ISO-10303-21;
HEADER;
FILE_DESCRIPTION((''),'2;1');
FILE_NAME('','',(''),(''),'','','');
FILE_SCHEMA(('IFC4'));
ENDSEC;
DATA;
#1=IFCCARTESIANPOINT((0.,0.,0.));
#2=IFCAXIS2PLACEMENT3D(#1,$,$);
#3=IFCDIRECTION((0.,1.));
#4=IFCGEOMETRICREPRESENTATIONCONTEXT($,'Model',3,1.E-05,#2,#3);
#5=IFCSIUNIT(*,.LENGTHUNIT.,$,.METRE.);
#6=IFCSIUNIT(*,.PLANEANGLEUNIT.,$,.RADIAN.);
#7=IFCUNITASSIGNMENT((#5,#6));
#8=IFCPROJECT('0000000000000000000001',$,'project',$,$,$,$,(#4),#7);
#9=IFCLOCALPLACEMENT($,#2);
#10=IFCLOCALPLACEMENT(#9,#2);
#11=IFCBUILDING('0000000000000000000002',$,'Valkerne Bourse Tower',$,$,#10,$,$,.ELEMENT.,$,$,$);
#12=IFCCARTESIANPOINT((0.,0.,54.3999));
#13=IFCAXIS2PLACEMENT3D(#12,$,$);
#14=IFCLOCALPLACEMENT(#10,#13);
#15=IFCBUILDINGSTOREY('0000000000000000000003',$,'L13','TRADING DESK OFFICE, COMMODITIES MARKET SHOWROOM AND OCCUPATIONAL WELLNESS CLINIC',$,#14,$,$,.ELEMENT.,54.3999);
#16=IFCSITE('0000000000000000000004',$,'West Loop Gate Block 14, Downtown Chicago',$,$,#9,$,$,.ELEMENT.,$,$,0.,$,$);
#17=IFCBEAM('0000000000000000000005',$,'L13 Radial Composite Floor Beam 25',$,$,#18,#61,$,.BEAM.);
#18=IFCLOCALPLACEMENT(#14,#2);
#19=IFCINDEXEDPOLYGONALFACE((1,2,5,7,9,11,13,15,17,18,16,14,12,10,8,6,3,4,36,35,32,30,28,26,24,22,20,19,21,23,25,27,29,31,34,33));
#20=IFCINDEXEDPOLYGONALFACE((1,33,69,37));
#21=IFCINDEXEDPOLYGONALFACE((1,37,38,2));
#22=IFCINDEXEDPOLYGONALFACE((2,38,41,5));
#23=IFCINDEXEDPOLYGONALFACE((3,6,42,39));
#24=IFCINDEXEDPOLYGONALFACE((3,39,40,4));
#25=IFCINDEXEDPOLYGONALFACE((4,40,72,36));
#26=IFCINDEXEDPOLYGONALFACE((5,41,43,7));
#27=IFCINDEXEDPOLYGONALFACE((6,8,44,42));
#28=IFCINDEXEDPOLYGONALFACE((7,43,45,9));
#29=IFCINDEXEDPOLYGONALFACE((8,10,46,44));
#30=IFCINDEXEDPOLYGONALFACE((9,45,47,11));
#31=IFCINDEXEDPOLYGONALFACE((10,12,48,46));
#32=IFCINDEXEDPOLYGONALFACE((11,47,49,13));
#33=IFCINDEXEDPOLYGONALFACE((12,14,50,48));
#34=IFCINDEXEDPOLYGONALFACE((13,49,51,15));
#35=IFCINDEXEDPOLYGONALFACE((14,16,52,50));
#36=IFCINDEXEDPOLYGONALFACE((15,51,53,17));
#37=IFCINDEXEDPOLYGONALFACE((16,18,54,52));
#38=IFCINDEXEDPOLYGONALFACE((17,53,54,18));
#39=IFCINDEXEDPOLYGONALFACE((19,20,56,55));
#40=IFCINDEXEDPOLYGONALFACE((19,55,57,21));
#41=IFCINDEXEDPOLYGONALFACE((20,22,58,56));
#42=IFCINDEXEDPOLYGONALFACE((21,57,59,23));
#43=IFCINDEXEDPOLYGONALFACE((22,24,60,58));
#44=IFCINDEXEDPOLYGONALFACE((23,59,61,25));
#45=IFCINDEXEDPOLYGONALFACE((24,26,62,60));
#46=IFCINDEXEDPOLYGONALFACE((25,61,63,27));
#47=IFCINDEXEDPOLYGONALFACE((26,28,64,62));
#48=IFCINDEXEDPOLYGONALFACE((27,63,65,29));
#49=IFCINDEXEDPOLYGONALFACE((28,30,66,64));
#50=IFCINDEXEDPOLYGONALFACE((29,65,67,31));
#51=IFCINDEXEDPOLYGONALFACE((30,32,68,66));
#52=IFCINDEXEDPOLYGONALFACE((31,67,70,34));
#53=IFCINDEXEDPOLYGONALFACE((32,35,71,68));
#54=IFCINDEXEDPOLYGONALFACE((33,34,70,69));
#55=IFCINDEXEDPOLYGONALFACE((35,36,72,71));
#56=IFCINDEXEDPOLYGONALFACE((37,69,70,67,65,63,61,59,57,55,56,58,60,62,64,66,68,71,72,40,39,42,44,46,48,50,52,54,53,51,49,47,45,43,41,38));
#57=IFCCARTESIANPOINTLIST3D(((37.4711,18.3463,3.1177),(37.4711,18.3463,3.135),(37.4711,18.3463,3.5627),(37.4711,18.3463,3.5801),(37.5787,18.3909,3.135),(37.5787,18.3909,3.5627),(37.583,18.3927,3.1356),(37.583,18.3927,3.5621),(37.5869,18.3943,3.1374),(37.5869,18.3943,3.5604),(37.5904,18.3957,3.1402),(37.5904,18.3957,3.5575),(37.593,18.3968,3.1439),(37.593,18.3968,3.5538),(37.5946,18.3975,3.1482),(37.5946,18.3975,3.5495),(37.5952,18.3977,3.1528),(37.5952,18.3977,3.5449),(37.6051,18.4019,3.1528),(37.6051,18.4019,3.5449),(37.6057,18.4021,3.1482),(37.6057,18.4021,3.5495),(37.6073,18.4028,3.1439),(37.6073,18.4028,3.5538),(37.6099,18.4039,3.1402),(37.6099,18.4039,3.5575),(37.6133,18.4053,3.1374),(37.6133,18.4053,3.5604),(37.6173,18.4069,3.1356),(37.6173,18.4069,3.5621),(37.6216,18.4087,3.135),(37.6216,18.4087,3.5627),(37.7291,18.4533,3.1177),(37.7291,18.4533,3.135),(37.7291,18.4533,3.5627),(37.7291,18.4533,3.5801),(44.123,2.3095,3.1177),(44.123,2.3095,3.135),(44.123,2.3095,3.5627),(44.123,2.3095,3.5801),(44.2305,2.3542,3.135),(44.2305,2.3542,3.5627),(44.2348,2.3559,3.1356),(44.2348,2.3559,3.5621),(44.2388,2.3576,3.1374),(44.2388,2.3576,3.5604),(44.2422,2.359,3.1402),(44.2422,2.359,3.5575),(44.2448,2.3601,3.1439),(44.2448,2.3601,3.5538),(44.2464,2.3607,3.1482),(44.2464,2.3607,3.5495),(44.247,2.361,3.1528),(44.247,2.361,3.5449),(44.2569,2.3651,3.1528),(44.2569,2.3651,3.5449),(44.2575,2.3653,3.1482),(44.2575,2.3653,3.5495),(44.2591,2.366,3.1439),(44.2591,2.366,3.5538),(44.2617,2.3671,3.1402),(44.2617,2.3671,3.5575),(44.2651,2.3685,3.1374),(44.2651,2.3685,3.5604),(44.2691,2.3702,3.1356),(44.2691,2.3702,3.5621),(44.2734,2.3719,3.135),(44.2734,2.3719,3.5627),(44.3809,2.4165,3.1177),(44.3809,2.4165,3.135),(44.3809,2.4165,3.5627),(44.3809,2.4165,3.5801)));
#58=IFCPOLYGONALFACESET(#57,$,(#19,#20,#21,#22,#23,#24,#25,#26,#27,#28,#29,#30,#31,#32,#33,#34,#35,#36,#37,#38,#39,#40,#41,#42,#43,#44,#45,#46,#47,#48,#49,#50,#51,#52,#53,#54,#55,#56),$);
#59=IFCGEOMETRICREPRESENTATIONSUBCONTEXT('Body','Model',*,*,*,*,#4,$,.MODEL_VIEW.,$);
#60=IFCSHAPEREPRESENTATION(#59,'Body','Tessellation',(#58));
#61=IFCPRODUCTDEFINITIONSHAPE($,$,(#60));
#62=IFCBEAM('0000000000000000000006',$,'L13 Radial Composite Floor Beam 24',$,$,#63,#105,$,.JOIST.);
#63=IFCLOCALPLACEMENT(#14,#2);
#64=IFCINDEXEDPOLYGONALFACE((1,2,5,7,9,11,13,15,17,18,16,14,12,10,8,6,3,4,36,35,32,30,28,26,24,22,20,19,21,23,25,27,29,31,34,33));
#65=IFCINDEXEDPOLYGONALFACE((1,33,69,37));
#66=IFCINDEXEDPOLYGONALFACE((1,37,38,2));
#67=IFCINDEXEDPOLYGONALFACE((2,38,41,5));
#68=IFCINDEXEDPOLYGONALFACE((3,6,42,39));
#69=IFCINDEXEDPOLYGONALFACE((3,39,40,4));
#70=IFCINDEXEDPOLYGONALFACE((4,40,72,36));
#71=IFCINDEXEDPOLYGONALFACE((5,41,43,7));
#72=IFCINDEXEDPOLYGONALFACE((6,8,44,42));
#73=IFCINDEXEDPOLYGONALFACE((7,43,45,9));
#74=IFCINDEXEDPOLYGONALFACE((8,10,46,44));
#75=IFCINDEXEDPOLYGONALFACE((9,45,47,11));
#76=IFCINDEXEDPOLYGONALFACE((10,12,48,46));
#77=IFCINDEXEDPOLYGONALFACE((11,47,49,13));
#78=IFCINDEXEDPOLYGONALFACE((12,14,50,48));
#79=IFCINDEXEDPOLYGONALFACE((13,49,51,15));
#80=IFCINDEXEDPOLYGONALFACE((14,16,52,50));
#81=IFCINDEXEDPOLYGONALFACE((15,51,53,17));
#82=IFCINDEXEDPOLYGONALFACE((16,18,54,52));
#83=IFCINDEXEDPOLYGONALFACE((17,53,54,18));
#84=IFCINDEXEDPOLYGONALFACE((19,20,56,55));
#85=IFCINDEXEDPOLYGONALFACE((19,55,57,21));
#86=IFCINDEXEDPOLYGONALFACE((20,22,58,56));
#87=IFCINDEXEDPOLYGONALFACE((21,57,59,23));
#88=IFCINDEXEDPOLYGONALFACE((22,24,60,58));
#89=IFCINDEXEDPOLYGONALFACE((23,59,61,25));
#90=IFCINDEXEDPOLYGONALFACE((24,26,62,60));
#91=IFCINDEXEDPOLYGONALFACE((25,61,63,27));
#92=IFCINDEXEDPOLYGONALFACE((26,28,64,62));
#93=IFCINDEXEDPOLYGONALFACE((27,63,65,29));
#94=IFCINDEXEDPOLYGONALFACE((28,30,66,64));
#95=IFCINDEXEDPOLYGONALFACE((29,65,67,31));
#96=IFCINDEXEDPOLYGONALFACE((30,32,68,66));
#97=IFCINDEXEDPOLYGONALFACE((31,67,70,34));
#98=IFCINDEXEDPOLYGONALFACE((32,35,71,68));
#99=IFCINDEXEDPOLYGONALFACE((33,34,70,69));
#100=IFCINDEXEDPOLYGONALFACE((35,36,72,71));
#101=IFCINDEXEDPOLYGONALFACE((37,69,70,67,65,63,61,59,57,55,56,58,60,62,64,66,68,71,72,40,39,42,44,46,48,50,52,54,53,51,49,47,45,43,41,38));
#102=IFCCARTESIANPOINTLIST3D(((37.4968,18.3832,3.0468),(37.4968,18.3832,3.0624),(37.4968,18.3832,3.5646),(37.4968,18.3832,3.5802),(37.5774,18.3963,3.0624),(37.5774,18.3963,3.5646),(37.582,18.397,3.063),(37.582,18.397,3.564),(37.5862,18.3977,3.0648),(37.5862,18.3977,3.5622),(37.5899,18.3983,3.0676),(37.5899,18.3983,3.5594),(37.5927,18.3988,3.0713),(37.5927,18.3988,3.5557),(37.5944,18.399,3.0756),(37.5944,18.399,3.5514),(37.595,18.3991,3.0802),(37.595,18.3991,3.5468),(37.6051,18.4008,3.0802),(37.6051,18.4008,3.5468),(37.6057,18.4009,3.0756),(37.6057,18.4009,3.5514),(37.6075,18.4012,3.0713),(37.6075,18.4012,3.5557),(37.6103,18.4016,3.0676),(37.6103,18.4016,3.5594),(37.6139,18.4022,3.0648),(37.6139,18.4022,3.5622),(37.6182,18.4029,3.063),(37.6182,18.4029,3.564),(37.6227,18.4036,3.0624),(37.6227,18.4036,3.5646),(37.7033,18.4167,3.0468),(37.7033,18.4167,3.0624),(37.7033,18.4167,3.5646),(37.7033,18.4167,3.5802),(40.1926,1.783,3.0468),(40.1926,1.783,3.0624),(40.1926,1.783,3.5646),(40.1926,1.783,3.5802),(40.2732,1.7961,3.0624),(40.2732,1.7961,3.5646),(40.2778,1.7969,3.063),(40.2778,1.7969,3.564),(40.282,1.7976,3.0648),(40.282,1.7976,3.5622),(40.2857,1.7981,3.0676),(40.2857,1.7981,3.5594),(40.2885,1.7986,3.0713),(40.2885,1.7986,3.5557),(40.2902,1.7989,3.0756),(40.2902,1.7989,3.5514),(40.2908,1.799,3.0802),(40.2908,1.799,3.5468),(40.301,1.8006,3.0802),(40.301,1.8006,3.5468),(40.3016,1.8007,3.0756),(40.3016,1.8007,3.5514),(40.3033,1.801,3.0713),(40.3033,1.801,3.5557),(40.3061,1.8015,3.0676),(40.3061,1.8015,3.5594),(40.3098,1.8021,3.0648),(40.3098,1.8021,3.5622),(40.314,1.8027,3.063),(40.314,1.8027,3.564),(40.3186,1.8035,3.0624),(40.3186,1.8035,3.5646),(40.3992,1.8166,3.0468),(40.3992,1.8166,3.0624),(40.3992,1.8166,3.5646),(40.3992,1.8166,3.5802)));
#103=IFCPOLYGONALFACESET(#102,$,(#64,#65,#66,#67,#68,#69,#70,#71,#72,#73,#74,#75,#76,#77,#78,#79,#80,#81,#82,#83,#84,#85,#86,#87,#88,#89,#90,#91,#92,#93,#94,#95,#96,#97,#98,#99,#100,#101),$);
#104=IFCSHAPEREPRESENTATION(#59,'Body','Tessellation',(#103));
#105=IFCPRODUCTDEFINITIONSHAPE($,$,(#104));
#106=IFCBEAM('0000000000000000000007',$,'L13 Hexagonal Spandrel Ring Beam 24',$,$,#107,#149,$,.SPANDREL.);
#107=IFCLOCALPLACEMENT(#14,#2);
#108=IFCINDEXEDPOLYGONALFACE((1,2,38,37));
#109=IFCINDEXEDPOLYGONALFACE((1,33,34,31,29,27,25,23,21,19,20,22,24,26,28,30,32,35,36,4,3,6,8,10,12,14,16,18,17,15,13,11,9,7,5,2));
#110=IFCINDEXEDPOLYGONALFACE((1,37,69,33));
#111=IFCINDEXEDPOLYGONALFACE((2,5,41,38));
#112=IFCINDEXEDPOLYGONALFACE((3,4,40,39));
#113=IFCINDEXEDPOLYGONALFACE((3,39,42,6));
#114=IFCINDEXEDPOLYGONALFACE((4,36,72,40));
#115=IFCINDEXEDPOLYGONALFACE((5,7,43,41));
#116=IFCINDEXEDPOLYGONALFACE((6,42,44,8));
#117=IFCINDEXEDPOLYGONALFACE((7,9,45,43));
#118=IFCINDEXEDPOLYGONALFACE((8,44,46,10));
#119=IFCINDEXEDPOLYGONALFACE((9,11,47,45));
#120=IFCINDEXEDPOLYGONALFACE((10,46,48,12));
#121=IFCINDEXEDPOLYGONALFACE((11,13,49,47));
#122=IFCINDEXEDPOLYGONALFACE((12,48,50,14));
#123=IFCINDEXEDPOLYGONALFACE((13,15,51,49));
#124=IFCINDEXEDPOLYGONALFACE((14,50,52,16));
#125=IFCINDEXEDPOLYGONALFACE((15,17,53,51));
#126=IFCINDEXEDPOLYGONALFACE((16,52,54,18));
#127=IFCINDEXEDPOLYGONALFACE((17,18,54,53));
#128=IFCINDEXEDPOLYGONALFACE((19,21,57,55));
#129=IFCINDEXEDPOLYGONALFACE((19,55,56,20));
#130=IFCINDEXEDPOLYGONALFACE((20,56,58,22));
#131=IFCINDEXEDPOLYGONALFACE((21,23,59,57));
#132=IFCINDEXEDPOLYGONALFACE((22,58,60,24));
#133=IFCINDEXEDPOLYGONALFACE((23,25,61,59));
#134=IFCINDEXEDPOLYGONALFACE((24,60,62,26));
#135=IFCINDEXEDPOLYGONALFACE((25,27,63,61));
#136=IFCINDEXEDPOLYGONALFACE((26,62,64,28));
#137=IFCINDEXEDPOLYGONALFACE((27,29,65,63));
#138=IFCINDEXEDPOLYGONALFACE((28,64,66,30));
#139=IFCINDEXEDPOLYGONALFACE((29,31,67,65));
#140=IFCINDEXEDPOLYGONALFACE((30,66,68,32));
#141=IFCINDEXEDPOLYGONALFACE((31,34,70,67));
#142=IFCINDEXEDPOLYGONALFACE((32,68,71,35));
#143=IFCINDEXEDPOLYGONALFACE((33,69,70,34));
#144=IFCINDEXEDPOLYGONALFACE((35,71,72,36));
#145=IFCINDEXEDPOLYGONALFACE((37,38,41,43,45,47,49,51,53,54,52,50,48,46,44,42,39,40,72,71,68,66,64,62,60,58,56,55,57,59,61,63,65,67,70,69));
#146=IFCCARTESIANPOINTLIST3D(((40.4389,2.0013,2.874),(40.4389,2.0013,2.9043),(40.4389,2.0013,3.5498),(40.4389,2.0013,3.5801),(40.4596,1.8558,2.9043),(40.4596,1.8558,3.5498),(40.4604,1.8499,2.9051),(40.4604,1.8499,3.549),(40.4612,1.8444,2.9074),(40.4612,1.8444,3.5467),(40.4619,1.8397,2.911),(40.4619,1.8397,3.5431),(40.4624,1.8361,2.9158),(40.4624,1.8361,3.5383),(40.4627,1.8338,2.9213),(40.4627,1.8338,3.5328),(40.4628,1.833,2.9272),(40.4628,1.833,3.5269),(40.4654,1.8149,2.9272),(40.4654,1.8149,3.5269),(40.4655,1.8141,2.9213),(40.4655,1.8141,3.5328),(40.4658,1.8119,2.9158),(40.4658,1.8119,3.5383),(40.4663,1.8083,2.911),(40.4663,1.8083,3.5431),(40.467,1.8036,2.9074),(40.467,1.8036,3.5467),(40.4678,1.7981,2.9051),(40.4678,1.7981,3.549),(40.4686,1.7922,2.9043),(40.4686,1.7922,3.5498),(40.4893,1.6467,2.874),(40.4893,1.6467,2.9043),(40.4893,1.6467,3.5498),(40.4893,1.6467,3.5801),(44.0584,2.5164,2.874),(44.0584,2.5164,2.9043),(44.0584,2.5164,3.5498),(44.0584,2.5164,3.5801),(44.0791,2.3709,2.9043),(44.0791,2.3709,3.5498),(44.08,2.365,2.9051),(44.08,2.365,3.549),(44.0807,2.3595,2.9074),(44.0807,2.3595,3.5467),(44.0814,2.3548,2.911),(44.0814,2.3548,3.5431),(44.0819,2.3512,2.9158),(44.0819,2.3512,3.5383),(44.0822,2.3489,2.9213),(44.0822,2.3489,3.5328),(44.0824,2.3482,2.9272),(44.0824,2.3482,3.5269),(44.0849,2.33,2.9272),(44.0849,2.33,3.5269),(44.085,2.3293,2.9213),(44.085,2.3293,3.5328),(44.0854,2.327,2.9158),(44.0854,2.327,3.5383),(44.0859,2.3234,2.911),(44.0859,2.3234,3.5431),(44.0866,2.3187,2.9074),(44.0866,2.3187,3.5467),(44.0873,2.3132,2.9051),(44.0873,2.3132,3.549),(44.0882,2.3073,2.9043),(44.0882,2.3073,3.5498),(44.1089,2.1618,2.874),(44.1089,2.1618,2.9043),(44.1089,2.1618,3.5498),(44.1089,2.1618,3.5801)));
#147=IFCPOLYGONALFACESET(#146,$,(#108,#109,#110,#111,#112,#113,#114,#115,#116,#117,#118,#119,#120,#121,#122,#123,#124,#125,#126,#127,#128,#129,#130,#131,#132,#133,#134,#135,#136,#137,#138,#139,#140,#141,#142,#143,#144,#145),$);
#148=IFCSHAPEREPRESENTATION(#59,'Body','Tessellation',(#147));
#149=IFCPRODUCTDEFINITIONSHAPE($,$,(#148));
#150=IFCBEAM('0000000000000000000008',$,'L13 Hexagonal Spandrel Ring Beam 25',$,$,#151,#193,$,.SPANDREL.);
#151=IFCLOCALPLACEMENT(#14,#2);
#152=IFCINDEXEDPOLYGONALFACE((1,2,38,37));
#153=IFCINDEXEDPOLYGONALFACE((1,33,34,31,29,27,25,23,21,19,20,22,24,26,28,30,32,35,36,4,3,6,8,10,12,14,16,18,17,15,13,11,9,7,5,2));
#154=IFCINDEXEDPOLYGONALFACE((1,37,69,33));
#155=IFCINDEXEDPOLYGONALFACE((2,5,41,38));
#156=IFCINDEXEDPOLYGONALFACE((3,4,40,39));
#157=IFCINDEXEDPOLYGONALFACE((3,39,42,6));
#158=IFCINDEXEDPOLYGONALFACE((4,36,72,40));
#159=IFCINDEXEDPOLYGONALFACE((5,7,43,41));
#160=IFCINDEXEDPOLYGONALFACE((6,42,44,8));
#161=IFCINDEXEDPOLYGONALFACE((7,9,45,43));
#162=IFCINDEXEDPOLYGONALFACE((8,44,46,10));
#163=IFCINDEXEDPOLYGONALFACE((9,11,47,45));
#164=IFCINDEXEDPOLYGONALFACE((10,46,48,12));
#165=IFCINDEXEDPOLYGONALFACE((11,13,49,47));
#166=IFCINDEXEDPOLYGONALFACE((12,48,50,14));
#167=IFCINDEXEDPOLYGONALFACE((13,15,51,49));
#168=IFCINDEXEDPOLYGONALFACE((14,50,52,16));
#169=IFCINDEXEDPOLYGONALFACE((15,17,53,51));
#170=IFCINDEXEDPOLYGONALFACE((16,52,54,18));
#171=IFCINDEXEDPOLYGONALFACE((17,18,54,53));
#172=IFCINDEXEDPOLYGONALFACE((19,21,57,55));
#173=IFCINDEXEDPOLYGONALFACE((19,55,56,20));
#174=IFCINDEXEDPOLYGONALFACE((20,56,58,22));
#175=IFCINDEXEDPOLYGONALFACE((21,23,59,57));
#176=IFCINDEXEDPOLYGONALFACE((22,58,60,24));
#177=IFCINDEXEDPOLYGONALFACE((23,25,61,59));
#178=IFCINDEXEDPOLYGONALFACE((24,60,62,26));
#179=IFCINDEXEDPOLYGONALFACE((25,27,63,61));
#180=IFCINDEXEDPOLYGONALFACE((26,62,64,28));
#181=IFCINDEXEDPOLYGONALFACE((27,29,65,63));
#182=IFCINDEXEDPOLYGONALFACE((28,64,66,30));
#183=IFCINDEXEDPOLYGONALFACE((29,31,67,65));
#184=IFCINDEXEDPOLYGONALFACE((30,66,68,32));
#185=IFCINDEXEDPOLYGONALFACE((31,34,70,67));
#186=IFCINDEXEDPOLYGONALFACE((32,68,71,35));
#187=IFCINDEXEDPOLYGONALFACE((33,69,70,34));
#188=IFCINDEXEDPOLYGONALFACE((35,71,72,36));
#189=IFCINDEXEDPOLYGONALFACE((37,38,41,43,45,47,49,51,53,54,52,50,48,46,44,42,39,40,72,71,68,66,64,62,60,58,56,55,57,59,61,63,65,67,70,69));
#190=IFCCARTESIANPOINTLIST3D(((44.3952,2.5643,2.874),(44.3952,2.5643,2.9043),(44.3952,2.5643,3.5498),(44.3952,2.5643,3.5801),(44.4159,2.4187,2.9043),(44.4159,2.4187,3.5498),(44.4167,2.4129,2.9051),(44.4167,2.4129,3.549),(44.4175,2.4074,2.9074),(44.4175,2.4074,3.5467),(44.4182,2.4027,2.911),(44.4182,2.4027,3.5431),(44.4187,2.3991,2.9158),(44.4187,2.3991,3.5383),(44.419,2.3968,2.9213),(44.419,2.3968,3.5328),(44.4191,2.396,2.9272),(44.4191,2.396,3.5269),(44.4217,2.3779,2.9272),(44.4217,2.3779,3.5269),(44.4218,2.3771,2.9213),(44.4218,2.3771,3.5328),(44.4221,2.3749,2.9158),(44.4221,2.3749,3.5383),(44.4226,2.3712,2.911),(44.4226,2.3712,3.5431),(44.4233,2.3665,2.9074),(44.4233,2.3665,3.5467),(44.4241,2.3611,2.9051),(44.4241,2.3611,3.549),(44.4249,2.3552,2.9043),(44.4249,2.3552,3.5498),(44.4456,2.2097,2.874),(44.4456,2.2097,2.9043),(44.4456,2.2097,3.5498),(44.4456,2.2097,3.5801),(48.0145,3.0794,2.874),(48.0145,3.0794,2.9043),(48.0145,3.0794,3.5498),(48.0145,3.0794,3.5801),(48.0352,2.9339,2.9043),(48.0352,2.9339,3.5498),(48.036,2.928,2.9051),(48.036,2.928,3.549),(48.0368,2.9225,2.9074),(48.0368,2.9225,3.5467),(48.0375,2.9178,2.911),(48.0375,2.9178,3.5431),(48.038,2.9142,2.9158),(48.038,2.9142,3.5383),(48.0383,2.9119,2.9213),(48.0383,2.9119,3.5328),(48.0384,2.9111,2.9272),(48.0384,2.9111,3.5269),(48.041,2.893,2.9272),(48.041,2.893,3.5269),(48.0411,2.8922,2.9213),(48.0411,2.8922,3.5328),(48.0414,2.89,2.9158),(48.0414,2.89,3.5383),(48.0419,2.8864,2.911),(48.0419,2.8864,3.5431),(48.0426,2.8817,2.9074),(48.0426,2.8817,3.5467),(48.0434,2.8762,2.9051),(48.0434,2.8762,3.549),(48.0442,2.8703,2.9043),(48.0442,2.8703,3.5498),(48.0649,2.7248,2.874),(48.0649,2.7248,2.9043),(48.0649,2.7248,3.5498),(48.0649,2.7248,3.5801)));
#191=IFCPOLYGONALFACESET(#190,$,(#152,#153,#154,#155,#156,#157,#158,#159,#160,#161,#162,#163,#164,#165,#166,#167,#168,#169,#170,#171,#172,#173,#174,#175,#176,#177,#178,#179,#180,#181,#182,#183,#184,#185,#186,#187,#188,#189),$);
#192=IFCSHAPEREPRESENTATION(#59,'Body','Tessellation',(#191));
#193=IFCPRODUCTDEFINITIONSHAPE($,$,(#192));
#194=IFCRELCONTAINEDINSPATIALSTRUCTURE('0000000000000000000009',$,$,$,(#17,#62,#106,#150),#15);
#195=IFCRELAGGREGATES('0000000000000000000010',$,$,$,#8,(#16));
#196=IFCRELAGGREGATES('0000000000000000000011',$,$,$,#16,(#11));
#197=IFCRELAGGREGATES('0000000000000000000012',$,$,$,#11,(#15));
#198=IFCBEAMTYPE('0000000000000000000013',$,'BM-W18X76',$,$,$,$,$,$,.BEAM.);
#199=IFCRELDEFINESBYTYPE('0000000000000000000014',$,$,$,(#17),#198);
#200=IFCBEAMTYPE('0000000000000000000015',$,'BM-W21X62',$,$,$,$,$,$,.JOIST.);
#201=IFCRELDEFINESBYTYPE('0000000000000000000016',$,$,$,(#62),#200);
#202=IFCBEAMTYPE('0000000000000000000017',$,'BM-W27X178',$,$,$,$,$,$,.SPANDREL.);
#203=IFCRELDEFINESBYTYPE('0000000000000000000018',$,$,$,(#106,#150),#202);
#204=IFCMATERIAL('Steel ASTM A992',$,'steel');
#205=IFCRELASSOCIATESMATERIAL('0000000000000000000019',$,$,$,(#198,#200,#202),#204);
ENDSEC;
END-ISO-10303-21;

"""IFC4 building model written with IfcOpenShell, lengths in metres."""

from ifc_helpers import new_model, si_unit, direction, frame, origin, origin_2d, place, context, subcontext, project, spatial, i_section, extrude, material, material_profile, profile_set, type_object, element, save


model = new_model("IFC4")

# Units and contexts
model_context = context("Model", 3, precision=1e-05, world=origin(), true_north=direction((0.0, 1.0)))
body_context = subcontext(model_context, "Body", "Model", "MODEL_VIEW")
ifc_project = project(units=[si_unit("LENGTHUNIT", "METRE"), si_unit("PLANEANGLEUNIT", "RADIAN")], contexts=[model_context])

# Site, building, storey
site_placement = place(None, origin())
site = spatial("IfcSite", under=ifc_project, at=site_placement, Name="West Loop Gate Block 14, Downtown Chicago", CompositionType="ELEMENT", RefElevation=0.0)
building_placement = place(site_placement, origin())
building = spatial("IfcBuilding", under=site, at=building_placement, Name="Valkerne Bourse Tower", CompositionType="ELEMENT")
storey_placement = place(building_placement, frame((0.0, 0.0, 54.3999)))
storey = spatial("IfcBuildingStorey", under=building, at=storey_placement, Name="L13", Description="TRADING DESK OFFICE, COMMODITIES MARKET SHOWROOM AND OCCUPATIONAL WELLNESS CLINIC", CompositionType="ELEMENT", Elevation=54.3999)

# Beams
ifc_material_1 = material(Name="Steel ASTM A992", Category="steel")
ifc_material_profile_1 = material_profile(ifc_material_1, i_section(OverallWidth=0.2793, OverallDepth=0.4624, WebThickness=0.0107, FlangeThickness=0.0173, FilletRadius=0.0178, at=origin_2d()), Name="W18X76")
ifc_profile_set_1 = profile_set([ifc_material_profile_1], Name="Steel ASTM A992")
beam_type_1 = type_object("IfcBeamType", Name="BM-W18X76", PredefinedType="BEAM", material=ifc_profile_set_1)
beam_1_placement = place(storey_placement, frame((44.252, 2.363, 3.3489), z_axis=(-0.383134, 0.923693, 0.0), x_axis=(-0.923693, -0.383134, 0.0)))
element("IfcBeam", 1, at=beam_1_placement, inside=storey, type_object=beam_type_1, Name="L13 Radial Composite Floor Beam 25", PredefinedType="BEAM", context=body_context, shape_type="SweptSolid", body=[
    extrude(i_section(OverallWidth=0.2793, OverallDepth=0.4624, WebThickness=0.0107, FlangeThickness=0.0173, FilletRadius=0.0178, at=origin_2d()), origin(), (0.0, 0.0, 1.0), 17.3616),
])
ifc_material_profile_2 = material_profile(ifc_material_1, i_section(OverallWidth=0.2092, OverallDepth=0.5334, WebThickness=0.0103, FlangeThickness=0.0156, FilletRadius=0.0178, at=origin_2d()), Name="W21X62")
ifc_profile_set_2 = profile_set([ifc_material_profile_2], Name="Steel ASTM A992")
beam_type_2 = type_object("IfcBeamType", Name="BM-W21X62", PredefinedType="JOIST", material=ifc_profile_set_2)
beam_2_placement = place(storey_placement, frame((40.2959, 1.7998, 3.3135), z_axis=(-0.160297, 0.987069, 0.0), x_axis=(-0.987069, -0.160297, 0.0)))
element("IfcBeam", 2, at=beam_2_placement, inside=storey, type_object=beam_type_2, Name="L13 Radial Composite Floor Beam 24", PredefinedType="JOIST", context=body_context, shape_type="SweptSolid", body=[
    extrude(i_section(OverallWidth=0.2092, OverallDepth=0.5334, WebThickness=0.0103, FlangeThickness=0.0156, FilletRadius=0.0178, at=origin_2d()), origin(), (0.0, 0.0, 1.0), 16.8176),
])
ifc_material_profile_3 = material_profile(ifc_material_1, i_section(OverallWidth=0.3582, OverallDepth=0.7061, WebThickness=0.0183, FlangeThickness=0.0303, FilletRadius=0.0229, at=origin_2d()), Name="W27X178")
ifc_profile_set_3 = profile_set([ifc_material_profile_3], Name="Steel ASTM A992")
beam_type_3 = type_object("IfcBeamType", Name="BM-W27X178", PredefinedType="SPANDREL", material=ifc_profile_set_3)
beam_3_placement = place(storey_placement, frame((40.4641, 1.824, 3.2271), z_axis=(0.990024, 0.140898, 0.0), x_axis=(-0.140898, 0.990024, 0.0)))
element("IfcBeam", 3, at=beam_3_placement, inside=storey, type_object=beam_type_3, Name="L13 Hexagonal Spandrel Ring Beam 24", PredefinedType="SPANDREL", context=body_context, shape_type="SweptSolid", body=[
    extrude(i_section(OverallWidth=0.3582, OverallDepth=0.7061, WebThickness=0.0183, FlangeThickness=0.0303, FilletRadius=0.0229, at=origin_2d()), origin(), (0.0, 0.0, 1.0), 3.656),
])
for number, where, z_axis, x_axis, name in (
    (4, (44.4204, 2.387, 3.2271), (0.990023, 0.140907, 0.0), (-0.140907, 0.990023, 0.0), "L13 Hexagonal Spandrel Ring Beam 25"),
):
    element("IfcBeam", number, at=place(storey_placement, frame(where, z_axis=z_axis, x_axis=x_axis)), inside=storey, type_object=beam_type_3, Name=name, PredefinedType="SPANDREL", context=body_context, shape_type="SweptSolid", body=[
        extrude(i_section(OverallWidth=0.3582, OverallDepth=0.7061, WebThickness=0.0183, FlangeThickness=0.0303, FilletRadius=0.0229, at=origin_2d()), origin(), (0.0, 0.0, 1.0), 3.6558),
    ])

save(model, "model.ifc")
